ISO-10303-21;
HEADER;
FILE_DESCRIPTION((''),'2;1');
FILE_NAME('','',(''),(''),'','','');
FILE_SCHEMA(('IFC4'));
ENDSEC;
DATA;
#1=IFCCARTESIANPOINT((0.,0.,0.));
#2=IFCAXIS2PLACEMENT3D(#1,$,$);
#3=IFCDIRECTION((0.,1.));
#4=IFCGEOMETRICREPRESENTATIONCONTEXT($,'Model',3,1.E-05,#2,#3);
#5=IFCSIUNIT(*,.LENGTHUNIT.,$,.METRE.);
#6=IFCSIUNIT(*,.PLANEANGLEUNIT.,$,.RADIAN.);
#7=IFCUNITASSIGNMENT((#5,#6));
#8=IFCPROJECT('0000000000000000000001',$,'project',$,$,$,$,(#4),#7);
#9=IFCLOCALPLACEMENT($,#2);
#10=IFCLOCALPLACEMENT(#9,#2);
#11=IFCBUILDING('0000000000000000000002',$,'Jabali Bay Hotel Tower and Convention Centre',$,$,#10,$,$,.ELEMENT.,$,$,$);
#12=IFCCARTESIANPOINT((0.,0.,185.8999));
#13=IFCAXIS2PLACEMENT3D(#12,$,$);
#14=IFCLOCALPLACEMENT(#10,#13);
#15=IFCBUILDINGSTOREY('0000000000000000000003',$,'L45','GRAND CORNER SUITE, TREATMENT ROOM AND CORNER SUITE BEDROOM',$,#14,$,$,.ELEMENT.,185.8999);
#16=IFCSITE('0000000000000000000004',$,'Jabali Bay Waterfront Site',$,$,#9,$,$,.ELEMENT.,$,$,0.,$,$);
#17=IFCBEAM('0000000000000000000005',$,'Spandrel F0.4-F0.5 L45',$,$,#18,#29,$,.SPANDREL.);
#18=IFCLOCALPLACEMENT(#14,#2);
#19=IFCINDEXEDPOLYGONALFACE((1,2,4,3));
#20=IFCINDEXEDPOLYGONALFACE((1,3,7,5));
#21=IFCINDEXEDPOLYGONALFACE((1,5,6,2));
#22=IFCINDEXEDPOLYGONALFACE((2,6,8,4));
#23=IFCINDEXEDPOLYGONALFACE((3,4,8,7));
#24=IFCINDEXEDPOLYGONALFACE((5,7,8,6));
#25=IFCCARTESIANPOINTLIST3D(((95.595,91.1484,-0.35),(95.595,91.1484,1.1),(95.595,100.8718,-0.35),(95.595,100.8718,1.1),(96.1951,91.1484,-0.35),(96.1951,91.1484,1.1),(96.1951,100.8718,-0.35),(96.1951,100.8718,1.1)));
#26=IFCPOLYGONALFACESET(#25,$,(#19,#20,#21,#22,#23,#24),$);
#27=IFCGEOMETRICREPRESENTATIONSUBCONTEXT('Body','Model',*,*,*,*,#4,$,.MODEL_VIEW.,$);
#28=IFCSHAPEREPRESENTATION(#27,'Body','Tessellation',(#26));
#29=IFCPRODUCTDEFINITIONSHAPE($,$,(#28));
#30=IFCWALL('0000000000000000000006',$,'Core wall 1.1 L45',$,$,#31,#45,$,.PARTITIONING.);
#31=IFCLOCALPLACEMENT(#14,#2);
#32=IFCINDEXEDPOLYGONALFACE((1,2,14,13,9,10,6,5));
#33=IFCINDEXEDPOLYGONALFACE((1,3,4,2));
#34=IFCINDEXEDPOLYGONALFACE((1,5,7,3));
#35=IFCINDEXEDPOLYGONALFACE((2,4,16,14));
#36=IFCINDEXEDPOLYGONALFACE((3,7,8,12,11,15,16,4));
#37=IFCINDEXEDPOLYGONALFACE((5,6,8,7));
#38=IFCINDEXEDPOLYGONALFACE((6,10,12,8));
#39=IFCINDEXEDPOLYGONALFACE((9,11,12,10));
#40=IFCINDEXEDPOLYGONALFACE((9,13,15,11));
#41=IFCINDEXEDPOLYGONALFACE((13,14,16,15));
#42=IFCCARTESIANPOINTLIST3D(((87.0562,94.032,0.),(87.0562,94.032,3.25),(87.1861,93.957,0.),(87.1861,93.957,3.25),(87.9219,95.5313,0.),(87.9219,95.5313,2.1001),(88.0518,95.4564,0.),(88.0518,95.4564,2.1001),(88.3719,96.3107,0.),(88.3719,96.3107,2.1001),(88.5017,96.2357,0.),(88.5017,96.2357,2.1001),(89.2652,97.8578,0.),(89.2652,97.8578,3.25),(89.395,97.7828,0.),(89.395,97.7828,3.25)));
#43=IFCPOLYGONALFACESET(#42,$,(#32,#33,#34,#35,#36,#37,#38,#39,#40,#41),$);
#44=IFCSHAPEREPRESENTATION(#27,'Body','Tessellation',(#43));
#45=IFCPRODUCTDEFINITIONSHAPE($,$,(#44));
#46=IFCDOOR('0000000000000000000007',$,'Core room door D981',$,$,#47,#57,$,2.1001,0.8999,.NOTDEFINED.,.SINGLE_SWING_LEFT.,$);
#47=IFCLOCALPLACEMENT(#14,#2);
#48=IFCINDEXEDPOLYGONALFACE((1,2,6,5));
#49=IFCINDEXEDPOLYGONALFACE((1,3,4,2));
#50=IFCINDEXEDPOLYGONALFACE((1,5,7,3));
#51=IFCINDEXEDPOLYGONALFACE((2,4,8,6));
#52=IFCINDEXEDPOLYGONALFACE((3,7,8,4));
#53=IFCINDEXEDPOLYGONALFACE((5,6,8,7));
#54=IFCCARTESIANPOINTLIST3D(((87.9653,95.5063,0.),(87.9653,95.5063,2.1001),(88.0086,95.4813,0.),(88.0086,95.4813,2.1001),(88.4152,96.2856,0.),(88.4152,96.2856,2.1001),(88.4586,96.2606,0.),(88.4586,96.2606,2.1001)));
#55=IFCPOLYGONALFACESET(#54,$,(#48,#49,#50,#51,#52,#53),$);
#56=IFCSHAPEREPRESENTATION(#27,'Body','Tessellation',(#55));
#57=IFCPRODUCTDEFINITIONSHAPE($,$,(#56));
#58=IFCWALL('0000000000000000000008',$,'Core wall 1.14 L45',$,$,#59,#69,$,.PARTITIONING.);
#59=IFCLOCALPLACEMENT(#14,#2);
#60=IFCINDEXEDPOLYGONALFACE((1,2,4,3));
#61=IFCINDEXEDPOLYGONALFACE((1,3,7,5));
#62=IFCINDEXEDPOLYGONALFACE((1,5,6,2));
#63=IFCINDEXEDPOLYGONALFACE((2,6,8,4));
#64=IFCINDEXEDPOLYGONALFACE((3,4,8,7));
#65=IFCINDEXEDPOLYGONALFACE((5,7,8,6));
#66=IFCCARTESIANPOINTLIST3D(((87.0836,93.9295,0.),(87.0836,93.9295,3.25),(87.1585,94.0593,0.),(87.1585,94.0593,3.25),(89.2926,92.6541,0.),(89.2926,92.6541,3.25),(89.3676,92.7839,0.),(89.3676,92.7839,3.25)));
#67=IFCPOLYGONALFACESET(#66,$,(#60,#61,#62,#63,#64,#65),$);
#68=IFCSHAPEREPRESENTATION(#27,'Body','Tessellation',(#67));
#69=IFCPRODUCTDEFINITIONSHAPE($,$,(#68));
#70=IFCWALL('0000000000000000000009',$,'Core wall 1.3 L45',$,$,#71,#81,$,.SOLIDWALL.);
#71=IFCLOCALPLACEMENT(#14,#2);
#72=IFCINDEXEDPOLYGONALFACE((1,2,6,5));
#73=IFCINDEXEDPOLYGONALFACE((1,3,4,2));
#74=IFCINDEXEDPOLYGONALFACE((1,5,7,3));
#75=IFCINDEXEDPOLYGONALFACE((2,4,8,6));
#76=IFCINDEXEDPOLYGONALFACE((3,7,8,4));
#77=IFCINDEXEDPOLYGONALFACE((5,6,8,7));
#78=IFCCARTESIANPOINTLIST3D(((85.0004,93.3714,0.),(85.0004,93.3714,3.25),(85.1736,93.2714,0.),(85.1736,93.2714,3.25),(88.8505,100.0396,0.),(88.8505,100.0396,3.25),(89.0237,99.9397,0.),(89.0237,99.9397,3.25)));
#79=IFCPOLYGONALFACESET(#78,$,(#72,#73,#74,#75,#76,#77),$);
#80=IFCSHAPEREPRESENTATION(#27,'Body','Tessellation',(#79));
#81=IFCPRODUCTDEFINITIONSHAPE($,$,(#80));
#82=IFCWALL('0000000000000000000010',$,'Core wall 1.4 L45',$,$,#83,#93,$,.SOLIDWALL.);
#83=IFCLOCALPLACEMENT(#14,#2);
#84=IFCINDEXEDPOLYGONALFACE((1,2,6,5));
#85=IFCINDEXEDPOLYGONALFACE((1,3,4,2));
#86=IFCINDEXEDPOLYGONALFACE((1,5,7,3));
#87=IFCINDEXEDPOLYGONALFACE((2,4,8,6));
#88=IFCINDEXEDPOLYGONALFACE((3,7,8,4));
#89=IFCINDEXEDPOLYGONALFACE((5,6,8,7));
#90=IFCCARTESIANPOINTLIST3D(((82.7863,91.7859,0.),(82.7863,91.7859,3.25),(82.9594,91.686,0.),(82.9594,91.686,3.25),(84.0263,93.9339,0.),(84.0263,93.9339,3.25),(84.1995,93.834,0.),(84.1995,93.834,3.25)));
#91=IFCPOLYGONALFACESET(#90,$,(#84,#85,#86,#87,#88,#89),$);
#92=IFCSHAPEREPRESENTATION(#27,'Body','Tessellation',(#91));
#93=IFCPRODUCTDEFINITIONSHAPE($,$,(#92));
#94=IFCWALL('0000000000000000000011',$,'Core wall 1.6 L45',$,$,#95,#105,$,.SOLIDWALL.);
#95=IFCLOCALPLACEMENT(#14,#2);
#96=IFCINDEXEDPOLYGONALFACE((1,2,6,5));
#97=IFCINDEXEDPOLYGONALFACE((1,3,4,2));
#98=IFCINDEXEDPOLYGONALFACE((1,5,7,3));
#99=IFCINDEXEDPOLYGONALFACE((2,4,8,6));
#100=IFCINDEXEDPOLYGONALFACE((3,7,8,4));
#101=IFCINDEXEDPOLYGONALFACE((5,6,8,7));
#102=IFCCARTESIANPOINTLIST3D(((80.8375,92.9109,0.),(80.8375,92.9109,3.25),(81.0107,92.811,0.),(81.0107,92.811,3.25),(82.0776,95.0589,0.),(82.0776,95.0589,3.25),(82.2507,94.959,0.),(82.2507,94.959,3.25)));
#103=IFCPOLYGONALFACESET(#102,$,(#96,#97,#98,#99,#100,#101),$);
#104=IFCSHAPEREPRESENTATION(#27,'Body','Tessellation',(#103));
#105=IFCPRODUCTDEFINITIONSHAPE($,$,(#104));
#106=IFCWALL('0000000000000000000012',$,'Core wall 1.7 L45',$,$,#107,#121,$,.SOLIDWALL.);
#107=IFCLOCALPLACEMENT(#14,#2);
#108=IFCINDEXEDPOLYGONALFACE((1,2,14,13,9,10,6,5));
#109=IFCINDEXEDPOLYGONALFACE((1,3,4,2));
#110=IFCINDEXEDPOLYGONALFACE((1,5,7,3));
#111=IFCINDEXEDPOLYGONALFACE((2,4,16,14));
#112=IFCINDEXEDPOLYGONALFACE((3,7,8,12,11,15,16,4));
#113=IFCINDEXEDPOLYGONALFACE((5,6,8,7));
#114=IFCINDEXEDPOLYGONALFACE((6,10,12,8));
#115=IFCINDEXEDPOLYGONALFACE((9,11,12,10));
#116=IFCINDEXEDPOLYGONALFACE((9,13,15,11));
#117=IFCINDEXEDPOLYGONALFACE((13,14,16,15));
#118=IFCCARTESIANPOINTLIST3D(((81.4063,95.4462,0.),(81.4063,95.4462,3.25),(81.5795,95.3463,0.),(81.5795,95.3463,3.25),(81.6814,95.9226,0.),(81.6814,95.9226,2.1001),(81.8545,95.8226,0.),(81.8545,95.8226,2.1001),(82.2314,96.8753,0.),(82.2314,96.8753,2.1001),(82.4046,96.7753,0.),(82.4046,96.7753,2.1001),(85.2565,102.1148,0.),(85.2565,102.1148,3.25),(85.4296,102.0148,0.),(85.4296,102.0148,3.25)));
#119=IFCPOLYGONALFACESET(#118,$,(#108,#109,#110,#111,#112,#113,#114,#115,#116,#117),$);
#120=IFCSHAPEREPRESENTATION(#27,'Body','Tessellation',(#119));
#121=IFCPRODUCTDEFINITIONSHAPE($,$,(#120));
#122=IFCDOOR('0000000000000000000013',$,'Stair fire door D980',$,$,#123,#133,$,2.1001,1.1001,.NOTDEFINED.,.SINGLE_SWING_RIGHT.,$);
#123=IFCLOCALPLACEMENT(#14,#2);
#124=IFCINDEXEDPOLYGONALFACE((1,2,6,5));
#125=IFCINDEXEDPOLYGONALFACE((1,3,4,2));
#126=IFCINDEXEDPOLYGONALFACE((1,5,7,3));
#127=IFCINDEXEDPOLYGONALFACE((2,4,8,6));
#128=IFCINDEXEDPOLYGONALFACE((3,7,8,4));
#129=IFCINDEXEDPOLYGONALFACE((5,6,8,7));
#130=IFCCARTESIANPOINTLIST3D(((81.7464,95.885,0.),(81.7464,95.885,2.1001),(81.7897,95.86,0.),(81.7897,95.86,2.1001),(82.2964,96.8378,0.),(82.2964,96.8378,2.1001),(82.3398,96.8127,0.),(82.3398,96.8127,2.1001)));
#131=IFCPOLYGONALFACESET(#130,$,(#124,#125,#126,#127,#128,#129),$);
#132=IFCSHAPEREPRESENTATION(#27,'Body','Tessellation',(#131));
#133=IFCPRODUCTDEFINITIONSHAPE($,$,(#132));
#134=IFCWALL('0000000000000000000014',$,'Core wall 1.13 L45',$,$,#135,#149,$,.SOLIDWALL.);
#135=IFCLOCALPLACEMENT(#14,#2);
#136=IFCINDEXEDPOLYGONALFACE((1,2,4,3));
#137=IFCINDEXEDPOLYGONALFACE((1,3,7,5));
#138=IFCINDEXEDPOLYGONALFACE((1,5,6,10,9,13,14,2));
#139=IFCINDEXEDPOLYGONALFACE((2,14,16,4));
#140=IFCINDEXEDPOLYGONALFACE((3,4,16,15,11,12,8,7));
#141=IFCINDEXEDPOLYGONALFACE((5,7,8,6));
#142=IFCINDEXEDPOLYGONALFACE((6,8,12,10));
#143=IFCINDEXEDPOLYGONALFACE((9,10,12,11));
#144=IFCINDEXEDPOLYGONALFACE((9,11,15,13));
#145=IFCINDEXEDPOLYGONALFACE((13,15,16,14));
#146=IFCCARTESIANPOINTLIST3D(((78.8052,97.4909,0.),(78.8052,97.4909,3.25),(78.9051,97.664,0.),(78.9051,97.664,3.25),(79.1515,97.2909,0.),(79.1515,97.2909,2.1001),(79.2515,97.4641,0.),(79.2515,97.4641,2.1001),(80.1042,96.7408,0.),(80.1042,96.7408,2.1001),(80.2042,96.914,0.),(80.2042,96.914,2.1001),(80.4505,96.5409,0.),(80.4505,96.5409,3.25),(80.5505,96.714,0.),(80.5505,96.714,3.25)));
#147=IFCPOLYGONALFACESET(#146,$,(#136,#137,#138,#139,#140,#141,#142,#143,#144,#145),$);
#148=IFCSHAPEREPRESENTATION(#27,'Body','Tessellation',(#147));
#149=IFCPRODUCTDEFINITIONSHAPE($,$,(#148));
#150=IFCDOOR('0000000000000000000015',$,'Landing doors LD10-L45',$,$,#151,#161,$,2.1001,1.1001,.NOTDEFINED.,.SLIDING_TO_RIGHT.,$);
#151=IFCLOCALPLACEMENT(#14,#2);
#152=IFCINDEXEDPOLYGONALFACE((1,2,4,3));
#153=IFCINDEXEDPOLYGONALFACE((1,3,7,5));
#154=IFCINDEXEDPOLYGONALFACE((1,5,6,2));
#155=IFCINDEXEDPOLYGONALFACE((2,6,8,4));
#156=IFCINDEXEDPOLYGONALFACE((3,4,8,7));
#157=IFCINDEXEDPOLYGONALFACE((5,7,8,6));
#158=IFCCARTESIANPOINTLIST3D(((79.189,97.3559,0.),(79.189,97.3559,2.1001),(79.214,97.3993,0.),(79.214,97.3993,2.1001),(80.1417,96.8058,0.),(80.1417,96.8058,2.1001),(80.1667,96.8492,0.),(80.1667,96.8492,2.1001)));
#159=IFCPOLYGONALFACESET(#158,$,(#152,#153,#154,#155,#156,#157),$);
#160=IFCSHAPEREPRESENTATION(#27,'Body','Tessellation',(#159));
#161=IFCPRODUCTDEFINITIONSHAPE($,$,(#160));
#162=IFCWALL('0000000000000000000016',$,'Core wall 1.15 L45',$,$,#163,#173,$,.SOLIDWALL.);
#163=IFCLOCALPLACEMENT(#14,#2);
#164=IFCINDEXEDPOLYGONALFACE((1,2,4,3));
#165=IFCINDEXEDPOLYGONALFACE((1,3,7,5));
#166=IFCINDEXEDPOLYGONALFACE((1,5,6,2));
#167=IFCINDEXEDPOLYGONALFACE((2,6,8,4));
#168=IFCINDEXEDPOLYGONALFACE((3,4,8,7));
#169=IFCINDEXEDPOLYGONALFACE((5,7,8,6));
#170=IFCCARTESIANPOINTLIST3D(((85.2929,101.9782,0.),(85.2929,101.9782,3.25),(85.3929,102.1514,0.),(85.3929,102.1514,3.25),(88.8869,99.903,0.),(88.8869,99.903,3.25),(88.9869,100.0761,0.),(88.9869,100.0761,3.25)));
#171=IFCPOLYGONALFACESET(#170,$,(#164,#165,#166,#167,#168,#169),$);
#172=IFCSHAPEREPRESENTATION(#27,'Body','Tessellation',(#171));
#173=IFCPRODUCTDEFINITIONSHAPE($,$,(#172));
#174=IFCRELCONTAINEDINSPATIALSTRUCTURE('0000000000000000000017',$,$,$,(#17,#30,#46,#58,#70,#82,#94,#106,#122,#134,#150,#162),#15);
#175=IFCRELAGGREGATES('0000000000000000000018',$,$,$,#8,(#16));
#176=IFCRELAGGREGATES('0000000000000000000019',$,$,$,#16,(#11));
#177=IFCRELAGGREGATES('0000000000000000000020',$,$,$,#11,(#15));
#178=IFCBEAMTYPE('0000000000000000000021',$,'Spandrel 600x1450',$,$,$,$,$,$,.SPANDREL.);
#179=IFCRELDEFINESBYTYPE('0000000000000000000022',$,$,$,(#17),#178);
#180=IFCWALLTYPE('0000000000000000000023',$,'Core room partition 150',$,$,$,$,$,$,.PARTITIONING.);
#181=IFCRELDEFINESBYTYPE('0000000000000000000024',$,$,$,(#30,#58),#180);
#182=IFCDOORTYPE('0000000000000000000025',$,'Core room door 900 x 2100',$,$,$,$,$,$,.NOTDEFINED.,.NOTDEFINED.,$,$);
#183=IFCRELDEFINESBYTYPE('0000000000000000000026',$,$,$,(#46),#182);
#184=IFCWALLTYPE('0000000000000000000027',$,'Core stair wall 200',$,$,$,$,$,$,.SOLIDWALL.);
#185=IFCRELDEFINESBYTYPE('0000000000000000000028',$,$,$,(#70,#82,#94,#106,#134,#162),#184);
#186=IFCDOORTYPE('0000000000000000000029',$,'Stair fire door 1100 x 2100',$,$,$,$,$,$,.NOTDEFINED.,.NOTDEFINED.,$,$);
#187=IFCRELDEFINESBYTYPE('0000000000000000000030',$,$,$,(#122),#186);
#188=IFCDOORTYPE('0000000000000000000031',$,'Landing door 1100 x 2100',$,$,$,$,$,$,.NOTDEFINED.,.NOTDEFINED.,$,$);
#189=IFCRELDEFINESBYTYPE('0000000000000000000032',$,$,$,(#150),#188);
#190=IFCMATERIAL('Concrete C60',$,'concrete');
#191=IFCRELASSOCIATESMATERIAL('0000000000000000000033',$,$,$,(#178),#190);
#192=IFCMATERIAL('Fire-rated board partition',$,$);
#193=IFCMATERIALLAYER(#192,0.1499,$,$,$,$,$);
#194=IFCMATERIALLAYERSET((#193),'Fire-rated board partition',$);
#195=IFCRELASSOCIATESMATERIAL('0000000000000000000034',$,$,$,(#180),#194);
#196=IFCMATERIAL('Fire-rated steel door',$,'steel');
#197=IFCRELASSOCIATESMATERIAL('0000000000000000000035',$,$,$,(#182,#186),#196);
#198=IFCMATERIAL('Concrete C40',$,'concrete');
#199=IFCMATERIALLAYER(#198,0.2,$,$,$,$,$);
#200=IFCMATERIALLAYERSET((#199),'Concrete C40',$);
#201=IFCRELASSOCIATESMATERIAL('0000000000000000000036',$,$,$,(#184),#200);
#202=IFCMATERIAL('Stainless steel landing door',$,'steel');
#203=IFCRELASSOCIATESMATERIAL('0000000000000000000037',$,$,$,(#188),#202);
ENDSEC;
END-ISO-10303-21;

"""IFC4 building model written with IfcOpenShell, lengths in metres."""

from ifc_helpers import new_model, si_unit, direction, frame, frame_2d, origin, origin_2d, place, context, subcontext, project, spatial, rectangle, extrude, material, layer, layer_set, material_profile, profile_set, type_object, element, fill, save


model = new_model("IFC4")

# Units and contexts
model_context = context("Model", 3, precision=1e-05, world=origin(), true_north=direction((0.0, 1.0)))
body_context = subcontext(model_context, "Body", "Model", "MODEL_VIEW")
ifc_project = project(units=[si_unit("LENGTHUNIT", "METRE"), si_unit("PLANEANGLEUNIT", "RADIAN")], contexts=[model_context])

# Site, building, storey
site_placement = place(None, origin())
site = spatial("IfcSite", under=ifc_project, at=site_placement, Name="Jabali Bay Waterfront Site", CompositionType="ELEMENT", RefElevation=0.0)
building_placement = place(site_placement, origin())
building = spatial("IfcBuilding", under=site, at=building_placement, Name="Jabali Bay Hotel Tower and Convention Centre", CompositionType="ELEMENT")
storey_placement = place(building_placement, frame((0.0, 0.0, 185.8999)))
storey = spatial("IfcBuildingStorey", under=building, at=storey_placement, Name="L45", Description="GRAND CORNER SUITE, TREATMENT ROOM AND CORNER SUITE BEDROOM", CompositionType="ELEMENT", Elevation=185.8999)

# Beam
ifc_material_1 = material(Name="Concrete C60", Category="concrete")
ifc_material_profile = material_profile(ifc_material_1, rectangle(XDim=0.6001, YDim=1.45, at=origin_2d()), Name="Spandrel 600x1450")
ifc_profile_set = profile_set([ifc_material_profile], Name="Concrete C60")
beam_type = type_object("IfcBeamType", Name="Spandrel 600x1450", PredefinedType="SPANDREL", material=ifc_profile_set)
beam_placement = place(storey_placement, frame((95.895, 91.1484, 0.375), z_axis=(0.0, 1.0, 0.0), x_axis=(-1.0, 0.0, 0.0)))
element("IfcBeam", 1, at=beam_placement, inside=storey, type_object=beam_type, Name="Spandrel F0.4-F0.5 L45", PredefinedType="SPANDREL", context=body_context, shape_type="SweptSolid", body=[
    extrude(rectangle(XDim=0.6001, YDim=1.45, at=origin_2d()), origin(), (0.0, 0.0, 1.0), 9.7234),
])

# Wall, opening, door
ifc_material_2 = material(Name="Fire-rated board partition")
ifc_layer_1 = layer(ifc_material_2, 0.1499)
ifc_layer_set_1 = layer_set([ifc_layer_1], Name="Fire-rated board partition")
wall_type_1 = type_object("IfcWallType", Name="Core room partition 150", PredefinedType="PARTITIONING", material=ifc_layer_set_1)
wall_1_placement = place(storey_placement, frame((87.1211, 93.9944, 0.0), z_axis=(0.0, 0.0, 1.0), x_axis=(0.500014, 0.866017, 0.0)))
wall_1 = element("IfcWall", 2, at=wall_1_placement, inside=storey, type_object=wall_type_1, Name="Core wall 1.1 L45", PredefinedType="PARTITIONING", context=body_context, shape_type="SweptSolid", body=[
    extrude(rectangle(XDim=4.4177, YDim=0.1499, at=frame_2d((2.209, 0.0))), origin(), (0.0, 0.0, 1.0), 3.25),
])
opening_1_placement = place(wall_1_placement, frame((1.7314, 0.0, 0.0)))
opening_1 = element("IfcOpeningElement", 3, at=opening_1_placement, cuts=wall_1, PredefinedType="OPENING", context=body_context, shape_type="SweptSolid", body=[
    extrude(rectangle(XDim=0.8999, YDim=2.1001, at=frame_2d((0.45, 1.05))), frame((0.0, 0.0854, 0.0), z_axis=(0.0, -1.0, 0.0), x_axis=(1.0, 0.0, 0.0)), (0.0, 0.0, 1.0), 0.1709),
])
ifc_material_3 = material(Name="Fire-rated steel door", Category="steel")
door_type_1 = type_object("IfcDoorType", Name="Core room door 900 x 2100", OperationType="NOTDEFINED", PredefinedType="NOTDEFINED", material=ifc_material_3)
door_1_placement = place(opening_1_placement, origin())
door_1 = element("IfcDoor", 4, at=door_1_placement, inside=storey, type_object=door_type_1, Name="Core room door D981", OperationType="SINGLE_SWING_LEFT", OverallHeight=2.1001, OverallWidth=0.8999, PredefinedType="NOTDEFINED", context=body_context, shape_type="SweptSolid", body=[
    extrude(rectangle(XDim=0.8999, YDim=2.1001, at=frame_2d((0.45, 1.05))), frame((0.0, 0.0249, 0.0), z_axis=(0.0, -1.0, 0.0), x_axis=(1.0, 0.0, 0.0)), (0.0, 0.0, 1.0), 0.05),
])
fill(opening_1, door_1)

# Walls
wall_2_placement = place(storey_placement, frame((89.3301, 92.719, 0.0), z_axis=(0.0, 0.0, 1.0), x_axis=(-0.86602, 0.50001, 0.0)))
element("IfcWall", 5, at=wall_2_placement, inside=storey, type_object=wall_type_1, Name="Core wall 1.14 L45", PredefinedType="PARTITIONING", context=body_context, shape_type="SweptSolid", body=[
    extrude(rectangle(XDim=2.5508, YDim=0.1499, at=frame_2d((1.2754, 0.0))), origin(), (0.0, 0.0, 1.0), 3.25),
])
ifc_material_4 = material(Name="Concrete C40", Category="concrete")
ifc_layer_2 = layer(ifc_material_4, 0.2)
ifc_layer_set_2 = layer_set([ifc_layer_2], Name="Concrete C40")
wall_type_2 = type_object("IfcWallType", Name="Core stair wall 200", PredefinedType="SOLIDWALL", material=ifc_layer_set_2)
wall_3_placement = place(storey_placement, frame((85.0869, 93.3213, 0.0), z_axis=(0.0, 0.0, 1.0), x_axis=(0.50002, 0.866014, 0.0)))
element("IfcWall", 6, at=wall_3_placement, inside=storey, type_object=wall_type_2, Name="Core wall 1.3 L45", PredefinedType="SOLIDWALL", context=body_context, shape_type="SweptSolid", body=[
    extrude(rectangle(XDim=7.7, YDim=0.2, at=frame_2d((3.8501, 0.0))), origin(), (0.0, 0.0, 1.0), 3.25),
])
for number, where, z_axis, x_axis, name in (
    (7, (82.8728, 91.7358, 0.0), (0.0, 0.0, 1.0), (0.499961, 0.866048, 0.0), "Core wall 1.4 L45"),
    (8, (80.9241, 92.8608, 0.0), (0.0, 0.0, 1.0), (0.499961, 0.866048, 0.0), "Core wall 1.6 L45"),
):
    element("IfcWall", number, at=place(storey_placement, frame(where, z_axis=z_axis, x_axis=x_axis)), inside=storey, type_object=wall_type_2, Name=name, PredefinedType="SOLIDWALL", context=body_context, shape_type="SweptSolid", body=[
        extrude(rectangle(XDim=2.4802, YDim=0.2, at=frame_2d((1.2402, 0.0))), origin(), (0.0, 0.0, 1.0), 3.25),
    ])

# Walls, openings, doors
wall_4_placement = place(storey_placement, frame((81.4929, 95.3962, 0.0), z_axis=(0.0, 0.0, 1.0), x_axis=(0.500006, 0.866022, 0.0)))
wall_4 = element("IfcWall", 9, at=wall_4_placement, inside=storey, type_object=wall_type_2, Name="Core wall 1.7 L45", PredefinedType="SOLIDWALL", context=body_context, shape_type="SweptSolid", body=[
    extrude(rectangle(XDim=7.7002, YDim=0.2, at=frame_2d((3.8501, 0.0))), origin(), (0.0, 0.0, 1.0), 3.25),
])
opening_2_placement = place(wall_4_placement, frame((0.55, 0.0, 0.0)))
opening_2 = element("IfcOpeningElement", 10, at=opening_2_placement, cuts=wall_4, PredefinedType="OPENING", context=body_context, shape_type="SweptSolid", body=[
    extrude(rectangle(XDim=1.1001, YDim=2.1001, at=frame_2d((0.55, 1.05))), frame((0.0, 0.1104, 0.0), z_axis=(0.0, -1.0, 0.0), x_axis=(1.0, 0.0, 0.0)), (0.0, 0.0, 1.0), 0.2209),
])
door_type_2 = type_object("IfcDoorType", Name="Stair fire door 1100 x 2100", OperationType="NOTDEFINED", PredefinedType="NOTDEFINED", material=ifc_material_3)
door_2_placement = place(opening_2_placement, origin())
door_2 = element("IfcDoor", 11, at=door_2_placement, inside=storey, type_object=door_type_2, Name="Stair fire door D980", OperationType="SINGLE_SWING_RIGHT", OverallHeight=2.1001, OverallWidth=1.1001, PredefinedType="NOTDEFINED", context=body_context, shape_type="SweptSolid", body=[
    extrude(rectangle(XDim=1.1001, YDim=2.1001, at=frame_2d((0.55, 1.05))), frame((0.0, 0.0249, 0.0), z_axis=(0.0, -1.0, 0.0), x_axis=(1.0, 0.0, 0.0)), (0.0, 0.0, 1.0), 0.05),
])
fill(opening_2, door_2)
wall_5_placement = place(storey_placement, frame((80.5005, 96.6274, 0.0), z_axis=(0.0, 0.0, 1.0), x_axis=(-0.866012, 0.500023, 0.0)))
wall_5 = element("IfcWall", 12, at=wall_5_placement, inside=storey, type_object=wall_type_2, Name="Core wall 1.13 L45", PredefinedType="SOLIDWALL", context=body_context, shape_type="SweptSolid", body=[
    extrude(rectangle(XDim=1.8999, YDim=0.2, at=frame_2d((0.95, 0.0))), origin(), (0.0, 0.0, 1.0), 3.25),
])
opening_3_placement = place(wall_5_placement, frame((0.3999, 0.0, 0.0)))
opening_3 = element("IfcOpeningElement", 13, at=opening_3_placement, cuts=wall_5, PredefinedType="OPENING", context=body_context, shape_type="SweptSolid", body=[
    extrude(rectangle(XDim=1.1001, YDim=2.1001, at=frame_2d((0.55, 1.05))), frame((0.0, 0.1104, 0.0), z_axis=(0.0, -1.0, 0.0), x_axis=(1.0, 0.0, 0.0)), (0.0, 0.0, 1.0), 0.2209),
])
ifc_material_5 = material(Name="Stainless steel landing door", Category="steel")
door_type_3 = type_object("IfcDoorType", Name="Landing door 1100 x 2100", OperationType="NOTDEFINED", PredefinedType="NOTDEFINED", material=ifc_material_5)
door_3_placement = place(opening_3_placement, origin())
door_3 = element("IfcDoor", 14, at=door_3_placement, inside=storey, type_object=door_type_3, Name="Landing doors LD10-L45", OperationType="SLIDING_TO_RIGHT", OverallHeight=2.1001, OverallWidth=1.1001, PredefinedType="NOTDEFINED", context=body_context, shape_type="SweptSolid", body=[
    extrude(rectangle(XDim=1.1001, YDim=2.1001, at=frame_2d((0.55, 1.05))), frame((0.0, 0.0249, 0.0), z_axis=(0.0, -1.0, 0.0), x_axis=(1.0, 0.0, 0.0)), (0.0, 0.0, 1.0), 0.05),
])
fill(opening_3, door_3)

# Wall
wall_6_placement = place(storey_placement, frame((88.937, 99.9895, 0.0), z_axis=(0.0, 0.0, 1.0), x_axis=(-0.866004, 0.500036, 0.0)))
element("IfcWall", 15, at=wall_6_placement, inside=storey, type_object=wall_type_2, Name="Core wall 1.15 L45", PredefinedType="SOLIDWALL", context=body_context, shape_type="SweptSolid", body=[
    extrude(rectangle(XDim=4.1501, YDim=0.2, at=frame_2d((2.0752, 0.0))), origin(), (0.0, 0.0, 1.0), 3.25),
])

save(model, "model.ifc")
